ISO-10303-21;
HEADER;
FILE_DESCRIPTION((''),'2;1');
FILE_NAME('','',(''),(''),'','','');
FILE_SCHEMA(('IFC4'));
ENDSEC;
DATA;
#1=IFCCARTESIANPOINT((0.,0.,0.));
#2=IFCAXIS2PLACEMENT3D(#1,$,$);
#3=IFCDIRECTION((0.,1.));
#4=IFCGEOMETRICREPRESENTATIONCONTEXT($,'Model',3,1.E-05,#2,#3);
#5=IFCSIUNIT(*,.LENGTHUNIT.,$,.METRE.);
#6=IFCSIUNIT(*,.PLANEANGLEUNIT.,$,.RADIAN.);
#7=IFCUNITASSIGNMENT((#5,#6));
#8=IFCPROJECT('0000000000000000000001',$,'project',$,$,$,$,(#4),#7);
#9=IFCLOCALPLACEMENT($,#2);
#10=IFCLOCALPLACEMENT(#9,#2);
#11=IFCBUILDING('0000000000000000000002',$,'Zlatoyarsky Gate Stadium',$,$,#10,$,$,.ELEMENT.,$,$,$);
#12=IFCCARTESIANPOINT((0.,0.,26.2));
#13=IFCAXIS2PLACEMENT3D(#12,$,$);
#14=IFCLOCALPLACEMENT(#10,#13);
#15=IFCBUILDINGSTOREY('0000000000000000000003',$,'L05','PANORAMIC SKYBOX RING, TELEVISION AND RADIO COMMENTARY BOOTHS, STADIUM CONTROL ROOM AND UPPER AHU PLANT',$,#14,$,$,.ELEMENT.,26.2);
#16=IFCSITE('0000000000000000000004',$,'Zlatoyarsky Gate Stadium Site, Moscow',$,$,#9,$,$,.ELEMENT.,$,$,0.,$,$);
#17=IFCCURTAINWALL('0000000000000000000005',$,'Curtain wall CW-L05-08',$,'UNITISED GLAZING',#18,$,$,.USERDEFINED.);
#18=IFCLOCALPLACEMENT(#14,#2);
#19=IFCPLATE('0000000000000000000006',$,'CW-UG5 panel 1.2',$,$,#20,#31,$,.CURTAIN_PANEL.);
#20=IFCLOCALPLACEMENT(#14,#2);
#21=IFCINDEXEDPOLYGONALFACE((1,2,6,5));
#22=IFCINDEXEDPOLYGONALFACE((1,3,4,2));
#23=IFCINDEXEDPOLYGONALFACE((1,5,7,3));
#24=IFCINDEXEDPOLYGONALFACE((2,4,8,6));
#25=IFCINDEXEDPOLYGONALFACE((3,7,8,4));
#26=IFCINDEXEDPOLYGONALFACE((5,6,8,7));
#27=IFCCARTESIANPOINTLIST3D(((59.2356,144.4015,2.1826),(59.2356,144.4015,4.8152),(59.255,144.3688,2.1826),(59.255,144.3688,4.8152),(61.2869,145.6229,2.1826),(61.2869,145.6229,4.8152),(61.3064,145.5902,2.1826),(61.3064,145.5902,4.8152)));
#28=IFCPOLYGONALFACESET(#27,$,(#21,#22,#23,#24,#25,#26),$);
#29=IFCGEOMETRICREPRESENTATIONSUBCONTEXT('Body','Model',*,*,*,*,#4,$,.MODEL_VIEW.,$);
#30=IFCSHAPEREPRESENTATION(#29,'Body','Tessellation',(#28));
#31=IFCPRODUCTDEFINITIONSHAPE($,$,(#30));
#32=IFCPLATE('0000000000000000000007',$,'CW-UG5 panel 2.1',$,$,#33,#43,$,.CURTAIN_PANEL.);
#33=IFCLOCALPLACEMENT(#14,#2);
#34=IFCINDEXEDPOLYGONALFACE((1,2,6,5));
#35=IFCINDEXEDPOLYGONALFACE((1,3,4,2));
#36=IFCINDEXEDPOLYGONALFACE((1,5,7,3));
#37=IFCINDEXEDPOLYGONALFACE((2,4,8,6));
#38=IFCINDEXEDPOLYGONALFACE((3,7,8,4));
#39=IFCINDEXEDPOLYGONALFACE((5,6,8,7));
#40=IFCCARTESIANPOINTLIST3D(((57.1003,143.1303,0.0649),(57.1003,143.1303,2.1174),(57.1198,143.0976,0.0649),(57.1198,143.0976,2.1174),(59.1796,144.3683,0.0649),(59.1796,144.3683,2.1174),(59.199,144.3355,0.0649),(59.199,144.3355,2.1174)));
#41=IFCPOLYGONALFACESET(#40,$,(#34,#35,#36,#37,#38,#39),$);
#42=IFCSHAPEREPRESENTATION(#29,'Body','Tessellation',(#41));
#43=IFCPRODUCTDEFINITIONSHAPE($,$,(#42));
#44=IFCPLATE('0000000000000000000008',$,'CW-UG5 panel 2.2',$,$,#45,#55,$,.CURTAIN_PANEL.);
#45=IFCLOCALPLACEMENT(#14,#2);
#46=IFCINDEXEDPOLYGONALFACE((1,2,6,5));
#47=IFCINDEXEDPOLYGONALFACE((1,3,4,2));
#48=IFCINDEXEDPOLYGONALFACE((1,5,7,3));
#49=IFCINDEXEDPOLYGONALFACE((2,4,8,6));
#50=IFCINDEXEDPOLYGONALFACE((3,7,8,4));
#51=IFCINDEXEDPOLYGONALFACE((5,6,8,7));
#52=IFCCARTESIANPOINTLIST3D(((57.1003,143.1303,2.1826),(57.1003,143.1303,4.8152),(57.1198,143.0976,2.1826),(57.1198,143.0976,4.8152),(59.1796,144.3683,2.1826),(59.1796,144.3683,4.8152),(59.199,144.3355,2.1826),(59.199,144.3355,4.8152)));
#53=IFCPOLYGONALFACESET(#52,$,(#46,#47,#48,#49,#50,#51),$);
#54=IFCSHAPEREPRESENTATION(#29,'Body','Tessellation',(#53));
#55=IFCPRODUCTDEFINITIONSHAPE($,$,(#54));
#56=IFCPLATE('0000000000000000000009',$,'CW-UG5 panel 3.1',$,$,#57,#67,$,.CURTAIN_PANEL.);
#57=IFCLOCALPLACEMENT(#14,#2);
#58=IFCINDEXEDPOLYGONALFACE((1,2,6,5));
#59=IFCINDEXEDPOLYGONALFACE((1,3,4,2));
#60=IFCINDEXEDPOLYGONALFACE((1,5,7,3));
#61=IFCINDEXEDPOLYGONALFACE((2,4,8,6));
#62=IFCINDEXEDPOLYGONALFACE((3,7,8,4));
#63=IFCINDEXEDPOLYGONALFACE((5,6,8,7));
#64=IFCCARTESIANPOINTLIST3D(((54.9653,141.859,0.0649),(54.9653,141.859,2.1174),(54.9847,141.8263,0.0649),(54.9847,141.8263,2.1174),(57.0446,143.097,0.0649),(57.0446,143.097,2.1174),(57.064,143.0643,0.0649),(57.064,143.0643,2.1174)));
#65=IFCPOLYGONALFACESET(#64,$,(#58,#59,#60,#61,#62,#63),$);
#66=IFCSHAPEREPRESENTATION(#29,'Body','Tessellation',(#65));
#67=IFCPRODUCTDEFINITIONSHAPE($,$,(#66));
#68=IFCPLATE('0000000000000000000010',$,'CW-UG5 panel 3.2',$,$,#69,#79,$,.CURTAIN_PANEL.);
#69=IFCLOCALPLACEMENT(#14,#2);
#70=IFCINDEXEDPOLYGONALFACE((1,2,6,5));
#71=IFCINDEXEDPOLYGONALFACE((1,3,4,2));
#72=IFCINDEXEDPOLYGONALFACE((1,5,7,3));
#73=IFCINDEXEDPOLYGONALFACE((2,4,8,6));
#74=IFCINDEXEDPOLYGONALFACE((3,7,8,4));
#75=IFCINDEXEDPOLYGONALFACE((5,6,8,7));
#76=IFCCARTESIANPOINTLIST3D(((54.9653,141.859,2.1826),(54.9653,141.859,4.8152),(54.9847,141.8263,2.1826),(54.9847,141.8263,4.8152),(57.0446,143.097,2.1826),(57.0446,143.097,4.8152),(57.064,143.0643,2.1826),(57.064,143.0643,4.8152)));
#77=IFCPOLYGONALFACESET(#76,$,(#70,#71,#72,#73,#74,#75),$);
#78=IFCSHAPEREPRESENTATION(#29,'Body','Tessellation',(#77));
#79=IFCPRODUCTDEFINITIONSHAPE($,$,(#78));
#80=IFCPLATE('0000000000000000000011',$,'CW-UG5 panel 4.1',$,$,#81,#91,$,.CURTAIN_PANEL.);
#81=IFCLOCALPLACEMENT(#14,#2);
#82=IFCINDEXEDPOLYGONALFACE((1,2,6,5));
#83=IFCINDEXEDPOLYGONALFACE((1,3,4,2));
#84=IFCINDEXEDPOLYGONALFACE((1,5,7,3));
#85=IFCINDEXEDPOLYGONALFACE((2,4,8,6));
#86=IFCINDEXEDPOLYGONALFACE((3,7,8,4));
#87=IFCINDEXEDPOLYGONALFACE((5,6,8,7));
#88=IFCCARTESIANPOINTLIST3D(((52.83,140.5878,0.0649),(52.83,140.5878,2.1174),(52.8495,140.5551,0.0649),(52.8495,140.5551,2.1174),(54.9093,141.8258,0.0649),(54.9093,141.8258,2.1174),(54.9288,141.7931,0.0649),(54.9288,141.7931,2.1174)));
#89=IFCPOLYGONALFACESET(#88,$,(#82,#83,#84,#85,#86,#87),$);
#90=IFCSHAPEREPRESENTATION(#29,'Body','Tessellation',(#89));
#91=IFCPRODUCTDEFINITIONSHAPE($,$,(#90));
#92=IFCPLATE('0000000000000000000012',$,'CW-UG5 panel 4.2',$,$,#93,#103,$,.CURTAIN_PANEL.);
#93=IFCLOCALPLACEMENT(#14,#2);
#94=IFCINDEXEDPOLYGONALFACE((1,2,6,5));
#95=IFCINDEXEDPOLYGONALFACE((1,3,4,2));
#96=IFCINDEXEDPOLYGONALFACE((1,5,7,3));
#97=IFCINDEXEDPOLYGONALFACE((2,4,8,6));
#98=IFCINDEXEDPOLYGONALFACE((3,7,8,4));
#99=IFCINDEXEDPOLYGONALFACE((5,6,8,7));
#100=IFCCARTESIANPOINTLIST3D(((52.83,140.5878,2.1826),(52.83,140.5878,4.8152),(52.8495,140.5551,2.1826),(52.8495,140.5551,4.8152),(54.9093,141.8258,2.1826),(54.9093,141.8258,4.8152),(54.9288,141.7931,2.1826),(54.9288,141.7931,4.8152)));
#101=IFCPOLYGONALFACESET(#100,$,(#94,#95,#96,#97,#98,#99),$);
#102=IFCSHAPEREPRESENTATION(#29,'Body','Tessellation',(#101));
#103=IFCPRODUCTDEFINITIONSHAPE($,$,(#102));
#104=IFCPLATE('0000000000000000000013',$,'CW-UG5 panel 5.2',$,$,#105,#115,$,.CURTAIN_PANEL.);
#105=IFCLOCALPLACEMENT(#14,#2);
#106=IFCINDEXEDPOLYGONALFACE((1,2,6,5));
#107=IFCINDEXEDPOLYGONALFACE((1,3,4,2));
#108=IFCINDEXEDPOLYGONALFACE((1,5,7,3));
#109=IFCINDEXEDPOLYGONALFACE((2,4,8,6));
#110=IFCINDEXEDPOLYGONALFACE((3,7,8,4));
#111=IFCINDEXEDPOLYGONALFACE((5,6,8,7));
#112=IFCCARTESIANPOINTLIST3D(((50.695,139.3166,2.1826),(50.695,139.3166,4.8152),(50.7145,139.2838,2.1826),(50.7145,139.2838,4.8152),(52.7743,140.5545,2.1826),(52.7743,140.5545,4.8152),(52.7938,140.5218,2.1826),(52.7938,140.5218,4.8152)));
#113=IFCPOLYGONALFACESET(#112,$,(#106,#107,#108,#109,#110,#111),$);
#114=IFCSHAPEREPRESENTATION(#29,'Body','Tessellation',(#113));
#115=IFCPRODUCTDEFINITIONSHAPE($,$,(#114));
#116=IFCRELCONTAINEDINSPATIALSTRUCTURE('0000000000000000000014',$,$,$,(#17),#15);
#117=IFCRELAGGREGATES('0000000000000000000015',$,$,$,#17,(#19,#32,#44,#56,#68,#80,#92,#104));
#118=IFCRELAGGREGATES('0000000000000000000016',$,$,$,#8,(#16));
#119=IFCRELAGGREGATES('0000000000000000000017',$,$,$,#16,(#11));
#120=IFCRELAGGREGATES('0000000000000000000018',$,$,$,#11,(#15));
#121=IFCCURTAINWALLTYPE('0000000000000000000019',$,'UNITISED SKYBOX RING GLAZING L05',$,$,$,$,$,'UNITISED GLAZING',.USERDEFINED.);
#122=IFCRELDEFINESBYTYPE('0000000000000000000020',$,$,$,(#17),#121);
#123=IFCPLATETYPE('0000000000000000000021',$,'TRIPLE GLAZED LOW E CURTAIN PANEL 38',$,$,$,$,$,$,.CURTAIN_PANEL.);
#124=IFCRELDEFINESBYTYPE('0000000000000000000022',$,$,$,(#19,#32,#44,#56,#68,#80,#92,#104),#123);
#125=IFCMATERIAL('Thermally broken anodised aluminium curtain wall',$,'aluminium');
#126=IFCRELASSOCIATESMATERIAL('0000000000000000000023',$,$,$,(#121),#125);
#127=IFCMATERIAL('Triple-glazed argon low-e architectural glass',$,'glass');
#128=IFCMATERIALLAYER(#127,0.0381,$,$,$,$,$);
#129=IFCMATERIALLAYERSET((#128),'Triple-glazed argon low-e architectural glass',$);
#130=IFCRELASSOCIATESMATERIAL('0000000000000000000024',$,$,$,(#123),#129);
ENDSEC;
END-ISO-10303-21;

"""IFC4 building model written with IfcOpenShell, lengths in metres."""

from ifc_helpers import new_model, si_unit, direction, frame, origin, origin_2d, place, context, subcontext, project, spatial, rectangle, extrude, material, layer, layer_set, type_object, element, aggregate, save


model = new_model("IFC4")

# Units and contexts
model_context = context("Model", 3, precision=1e-05, world=origin(), true_north=direction((0.0, 1.0)))
body_context = subcontext(model_context, "Body", "Model", "MODEL_VIEW")
ifc_project = project(units=[si_unit("LENGTHUNIT", "METRE"), si_unit("PLANEANGLEUNIT", "RADIAN")], contexts=[model_context])

# Site, building, storey
site_placement = place(None, origin())
site = spatial("IfcSite", under=ifc_project, at=site_placement, Name="Zlatoyarsky Gate Stadium Site, Moscow", CompositionType="ELEMENT", RefElevation=0.0)
building_placement = place(site_placement, origin())
building = spatial("IfcBuilding", under=site, at=building_placement, Name="Zlatoyarsky Gate Stadium", CompositionType="ELEMENT")
storey_placement = place(building_placement, frame((0.0, 0.0, 26.2)))
storey = spatial("IfcBuildingStorey", under=building, at=storey_placement, Name="L05", Description="PANORAMIC SKYBOX RING, TELEVISION AND RADIO COMMENTARY BOOTHS, STADIUM CONTROL ROOM AND UPPER AHU PLANT", CompositionType="ELEMENT", Elevation=26.2)

# Curtain wall
ifc_material_1 = material(Name="Thermally broken anodised aluminium curtain wall", Category="aluminium")
curtain_wall_type = type_object("IfcCurtainWallType", Name="UNITISED SKYBOX RING GLAZING L05", ElementType="UNITISED GLAZING", PredefinedType="USERDEFINED", material=ifc_material_1)
curtain_wall_placement = place(storey_placement, origin())
curtain_wall = element("IfcCurtainWall", 1, at=curtain_wall_placement, inside=storey, type_object=curtain_wall_type, Name="Curtain wall CW-L05-08", ObjectType="UNITISED GLAZING", PredefinedType="USERDEFINED")

# Plates
ifc_material_2 = material(Name="Triple-glazed argon low-e architectural glass", Category="glass")
ifc_layer_1 = layer(ifc_material_2, 0.0381)
ifc_layer_set_1 = layer_set([ifc_layer_1], Name="Triple-glazed argon low-e architectural glass")
plate_type_1 = type_object("IfcPlateType", Name="TRIPLE GLAZED LOW E CURTAIN PANEL 38", PredefinedType="CURTAIN_PANEL", material=ifc_layer_set_1)
plate_1_placement = place(storey_placement, frame((60.271, 144.9958, 2.1826), z_axis=(0.0, 0.0, 1.0), x_axis=(-0.859239, -0.511575, 0.0)))
plate_1 = element("IfcPlate", 2, at=plate_1_placement, type_object=plate_type_1, Name="CW-UG5 panel 1.2", PredefinedType="CURTAIN_PANEL", context=body_context, shape_type="SweptSolid", body=[
    extrude(rectangle(XDim=2.3875, YDim=0.0381, at=origin_2d()), origin(), (0.0, 0.0, 1.0), 2.6326),
])
plate_2_placement = place(storey_placement, frame((58.1497, 143.7329, 0.0649), z_axis=(0.0, 0.0, 1.0), x_axis=(-0.859239, -0.511575, 0.0)))
plate_2 = element("IfcPlate", 3, at=plate_2_placement, type_object=plate_type_1, Name="CW-UG5 panel 2.1", PredefinedType="CURTAIN_PANEL", context=body_context, shape_type="SweptSolid", body=[
    extrude(rectangle(XDim=2.4199, YDim=0.0381, at=origin_2d()), origin(), (0.0, 0.0, 1.0), 2.0525),
])
plate_3_placement = place(storey_placement, frame((58.1497, 143.7329, 2.1826), z_axis=(0.0, 0.0, 1.0), x_axis=(-0.859239, -0.511575, 0.0)))
plate_3 = element("IfcPlate", 4, at=plate_3_placement, type_object=plate_type_1, Name="CW-UG5 panel 2.2", PredefinedType="CURTAIN_PANEL", context=body_context, shape_type="SweptSolid", body=[
    extrude(rectangle(XDim=2.4199, YDim=0.0381, at=origin_2d()), origin(), (0.0, 0.0, 1.0), 2.6326),
])
plate_4_placement = place(storey_placement, frame((56.0146, 142.4617, 0.0649), z_axis=(0.0, 0.0, 1.0), x_axis=(-0.859239, -0.511575, 0.0)))
plate_4 = element("IfcPlate", 5, at=plate_4_placement, type_object=plate_type_1, Name="CW-UG5 panel 3.1", PredefinedType="CURTAIN_PANEL", context=body_context, shape_type="SweptSolid", body=[
    extrude(rectangle(XDim=2.4199, YDim=0.0381, at=origin_2d()), origin(), (0.0, 0.0, 1.0), 2.0525),
])
plate_5_placement = place(storey_placement, frame((56.0146, 142.4617, 2.1826), z_axis=(0.0, 0.0, 1.0), x_axis=(-0.859239, -0.511575, 0.0)))
plate_5 = element("IfcPlate", 6, at=plate_5_placement, type_object=plate_type_1, Name="CW-UG5 panel 3.2", PredefinedType="CURTAIN_PANEL", context=body_context, shape_type="SweptSolid", body=[
    extrude(rectangle(XDim=2.4199, YDim=0.0381, at=origin_2d()), origin(), (0.0, 0.0, 1.0), 2.6326),
])
plate_6_placement = place(storey_placement, frame((53.8794, 141.1904, 0.0649), z_axis=(0.0, 0.0, 1.0), x_axis=(-0.859239, -0.511575, 0.0)))
plate_6 = element("IfcPlate", 7, at=plate_6_placement, type_object=plate_type_1, Name="CW-UG5 panel 4.1", PredefinedType="CURTAIN_PANEL", context=body_context, shape_type="SweptSolid", body=[
    extrude(rectangle(XDim=2.4199, YDim=0.0381, at=origin_2d()), origin(), (0.0, 0.0, 1.0), 2.0525),
])
plate_7_placement = place(storey_placement, frame((53.8794, 141.1904, 2.1826), z_axis=(0.0, 0.0, 1.0), x_axis=(-0.859239, -0.511575, 0.0)))
plate_7 = element("IfcPlate", 8, at=plate_7_placement, type_object=plate_type_1, Name="CW-UG5 panel 4.2", PredefinedType="CURTAIN_PANEL", context=body_context, shape_type="SweptSolid", body=[
    extrude(rectangle(XDim=2.4199, YDim=0.0381, at=origin_2d()), origin(), (0.0, 0.0, 1.0), 2.6326),
])
plate_8_placement = place(storey_placement, frame((51.7444, 139.9192, 2.1826), z_axis=(0.0, 0.0, 1.0), x_axis=(-0.859239, -0.511575, 0.0)))
plate_8 = element("IfcPlate", 9, at=plate_8_placement, type_object=plate_type_1, Name="CW-UG5 panel 5.2", PredefinedType="CURTAIN_PANEL", context=body_context, shape_type="SweptSolid", body=[
    extrude(rectangle(XDim=2.4199, YDim=0.0381, at=origin_2d()), origin(), (0.0, 0.0, 1.0), 2.6326),
])
aggregate(curtain_wall, [plate_1, plate_2, plate_3, plate_4, plate_5, plate_6, plate_7, plate_8])

save(model, "model.ifc")
